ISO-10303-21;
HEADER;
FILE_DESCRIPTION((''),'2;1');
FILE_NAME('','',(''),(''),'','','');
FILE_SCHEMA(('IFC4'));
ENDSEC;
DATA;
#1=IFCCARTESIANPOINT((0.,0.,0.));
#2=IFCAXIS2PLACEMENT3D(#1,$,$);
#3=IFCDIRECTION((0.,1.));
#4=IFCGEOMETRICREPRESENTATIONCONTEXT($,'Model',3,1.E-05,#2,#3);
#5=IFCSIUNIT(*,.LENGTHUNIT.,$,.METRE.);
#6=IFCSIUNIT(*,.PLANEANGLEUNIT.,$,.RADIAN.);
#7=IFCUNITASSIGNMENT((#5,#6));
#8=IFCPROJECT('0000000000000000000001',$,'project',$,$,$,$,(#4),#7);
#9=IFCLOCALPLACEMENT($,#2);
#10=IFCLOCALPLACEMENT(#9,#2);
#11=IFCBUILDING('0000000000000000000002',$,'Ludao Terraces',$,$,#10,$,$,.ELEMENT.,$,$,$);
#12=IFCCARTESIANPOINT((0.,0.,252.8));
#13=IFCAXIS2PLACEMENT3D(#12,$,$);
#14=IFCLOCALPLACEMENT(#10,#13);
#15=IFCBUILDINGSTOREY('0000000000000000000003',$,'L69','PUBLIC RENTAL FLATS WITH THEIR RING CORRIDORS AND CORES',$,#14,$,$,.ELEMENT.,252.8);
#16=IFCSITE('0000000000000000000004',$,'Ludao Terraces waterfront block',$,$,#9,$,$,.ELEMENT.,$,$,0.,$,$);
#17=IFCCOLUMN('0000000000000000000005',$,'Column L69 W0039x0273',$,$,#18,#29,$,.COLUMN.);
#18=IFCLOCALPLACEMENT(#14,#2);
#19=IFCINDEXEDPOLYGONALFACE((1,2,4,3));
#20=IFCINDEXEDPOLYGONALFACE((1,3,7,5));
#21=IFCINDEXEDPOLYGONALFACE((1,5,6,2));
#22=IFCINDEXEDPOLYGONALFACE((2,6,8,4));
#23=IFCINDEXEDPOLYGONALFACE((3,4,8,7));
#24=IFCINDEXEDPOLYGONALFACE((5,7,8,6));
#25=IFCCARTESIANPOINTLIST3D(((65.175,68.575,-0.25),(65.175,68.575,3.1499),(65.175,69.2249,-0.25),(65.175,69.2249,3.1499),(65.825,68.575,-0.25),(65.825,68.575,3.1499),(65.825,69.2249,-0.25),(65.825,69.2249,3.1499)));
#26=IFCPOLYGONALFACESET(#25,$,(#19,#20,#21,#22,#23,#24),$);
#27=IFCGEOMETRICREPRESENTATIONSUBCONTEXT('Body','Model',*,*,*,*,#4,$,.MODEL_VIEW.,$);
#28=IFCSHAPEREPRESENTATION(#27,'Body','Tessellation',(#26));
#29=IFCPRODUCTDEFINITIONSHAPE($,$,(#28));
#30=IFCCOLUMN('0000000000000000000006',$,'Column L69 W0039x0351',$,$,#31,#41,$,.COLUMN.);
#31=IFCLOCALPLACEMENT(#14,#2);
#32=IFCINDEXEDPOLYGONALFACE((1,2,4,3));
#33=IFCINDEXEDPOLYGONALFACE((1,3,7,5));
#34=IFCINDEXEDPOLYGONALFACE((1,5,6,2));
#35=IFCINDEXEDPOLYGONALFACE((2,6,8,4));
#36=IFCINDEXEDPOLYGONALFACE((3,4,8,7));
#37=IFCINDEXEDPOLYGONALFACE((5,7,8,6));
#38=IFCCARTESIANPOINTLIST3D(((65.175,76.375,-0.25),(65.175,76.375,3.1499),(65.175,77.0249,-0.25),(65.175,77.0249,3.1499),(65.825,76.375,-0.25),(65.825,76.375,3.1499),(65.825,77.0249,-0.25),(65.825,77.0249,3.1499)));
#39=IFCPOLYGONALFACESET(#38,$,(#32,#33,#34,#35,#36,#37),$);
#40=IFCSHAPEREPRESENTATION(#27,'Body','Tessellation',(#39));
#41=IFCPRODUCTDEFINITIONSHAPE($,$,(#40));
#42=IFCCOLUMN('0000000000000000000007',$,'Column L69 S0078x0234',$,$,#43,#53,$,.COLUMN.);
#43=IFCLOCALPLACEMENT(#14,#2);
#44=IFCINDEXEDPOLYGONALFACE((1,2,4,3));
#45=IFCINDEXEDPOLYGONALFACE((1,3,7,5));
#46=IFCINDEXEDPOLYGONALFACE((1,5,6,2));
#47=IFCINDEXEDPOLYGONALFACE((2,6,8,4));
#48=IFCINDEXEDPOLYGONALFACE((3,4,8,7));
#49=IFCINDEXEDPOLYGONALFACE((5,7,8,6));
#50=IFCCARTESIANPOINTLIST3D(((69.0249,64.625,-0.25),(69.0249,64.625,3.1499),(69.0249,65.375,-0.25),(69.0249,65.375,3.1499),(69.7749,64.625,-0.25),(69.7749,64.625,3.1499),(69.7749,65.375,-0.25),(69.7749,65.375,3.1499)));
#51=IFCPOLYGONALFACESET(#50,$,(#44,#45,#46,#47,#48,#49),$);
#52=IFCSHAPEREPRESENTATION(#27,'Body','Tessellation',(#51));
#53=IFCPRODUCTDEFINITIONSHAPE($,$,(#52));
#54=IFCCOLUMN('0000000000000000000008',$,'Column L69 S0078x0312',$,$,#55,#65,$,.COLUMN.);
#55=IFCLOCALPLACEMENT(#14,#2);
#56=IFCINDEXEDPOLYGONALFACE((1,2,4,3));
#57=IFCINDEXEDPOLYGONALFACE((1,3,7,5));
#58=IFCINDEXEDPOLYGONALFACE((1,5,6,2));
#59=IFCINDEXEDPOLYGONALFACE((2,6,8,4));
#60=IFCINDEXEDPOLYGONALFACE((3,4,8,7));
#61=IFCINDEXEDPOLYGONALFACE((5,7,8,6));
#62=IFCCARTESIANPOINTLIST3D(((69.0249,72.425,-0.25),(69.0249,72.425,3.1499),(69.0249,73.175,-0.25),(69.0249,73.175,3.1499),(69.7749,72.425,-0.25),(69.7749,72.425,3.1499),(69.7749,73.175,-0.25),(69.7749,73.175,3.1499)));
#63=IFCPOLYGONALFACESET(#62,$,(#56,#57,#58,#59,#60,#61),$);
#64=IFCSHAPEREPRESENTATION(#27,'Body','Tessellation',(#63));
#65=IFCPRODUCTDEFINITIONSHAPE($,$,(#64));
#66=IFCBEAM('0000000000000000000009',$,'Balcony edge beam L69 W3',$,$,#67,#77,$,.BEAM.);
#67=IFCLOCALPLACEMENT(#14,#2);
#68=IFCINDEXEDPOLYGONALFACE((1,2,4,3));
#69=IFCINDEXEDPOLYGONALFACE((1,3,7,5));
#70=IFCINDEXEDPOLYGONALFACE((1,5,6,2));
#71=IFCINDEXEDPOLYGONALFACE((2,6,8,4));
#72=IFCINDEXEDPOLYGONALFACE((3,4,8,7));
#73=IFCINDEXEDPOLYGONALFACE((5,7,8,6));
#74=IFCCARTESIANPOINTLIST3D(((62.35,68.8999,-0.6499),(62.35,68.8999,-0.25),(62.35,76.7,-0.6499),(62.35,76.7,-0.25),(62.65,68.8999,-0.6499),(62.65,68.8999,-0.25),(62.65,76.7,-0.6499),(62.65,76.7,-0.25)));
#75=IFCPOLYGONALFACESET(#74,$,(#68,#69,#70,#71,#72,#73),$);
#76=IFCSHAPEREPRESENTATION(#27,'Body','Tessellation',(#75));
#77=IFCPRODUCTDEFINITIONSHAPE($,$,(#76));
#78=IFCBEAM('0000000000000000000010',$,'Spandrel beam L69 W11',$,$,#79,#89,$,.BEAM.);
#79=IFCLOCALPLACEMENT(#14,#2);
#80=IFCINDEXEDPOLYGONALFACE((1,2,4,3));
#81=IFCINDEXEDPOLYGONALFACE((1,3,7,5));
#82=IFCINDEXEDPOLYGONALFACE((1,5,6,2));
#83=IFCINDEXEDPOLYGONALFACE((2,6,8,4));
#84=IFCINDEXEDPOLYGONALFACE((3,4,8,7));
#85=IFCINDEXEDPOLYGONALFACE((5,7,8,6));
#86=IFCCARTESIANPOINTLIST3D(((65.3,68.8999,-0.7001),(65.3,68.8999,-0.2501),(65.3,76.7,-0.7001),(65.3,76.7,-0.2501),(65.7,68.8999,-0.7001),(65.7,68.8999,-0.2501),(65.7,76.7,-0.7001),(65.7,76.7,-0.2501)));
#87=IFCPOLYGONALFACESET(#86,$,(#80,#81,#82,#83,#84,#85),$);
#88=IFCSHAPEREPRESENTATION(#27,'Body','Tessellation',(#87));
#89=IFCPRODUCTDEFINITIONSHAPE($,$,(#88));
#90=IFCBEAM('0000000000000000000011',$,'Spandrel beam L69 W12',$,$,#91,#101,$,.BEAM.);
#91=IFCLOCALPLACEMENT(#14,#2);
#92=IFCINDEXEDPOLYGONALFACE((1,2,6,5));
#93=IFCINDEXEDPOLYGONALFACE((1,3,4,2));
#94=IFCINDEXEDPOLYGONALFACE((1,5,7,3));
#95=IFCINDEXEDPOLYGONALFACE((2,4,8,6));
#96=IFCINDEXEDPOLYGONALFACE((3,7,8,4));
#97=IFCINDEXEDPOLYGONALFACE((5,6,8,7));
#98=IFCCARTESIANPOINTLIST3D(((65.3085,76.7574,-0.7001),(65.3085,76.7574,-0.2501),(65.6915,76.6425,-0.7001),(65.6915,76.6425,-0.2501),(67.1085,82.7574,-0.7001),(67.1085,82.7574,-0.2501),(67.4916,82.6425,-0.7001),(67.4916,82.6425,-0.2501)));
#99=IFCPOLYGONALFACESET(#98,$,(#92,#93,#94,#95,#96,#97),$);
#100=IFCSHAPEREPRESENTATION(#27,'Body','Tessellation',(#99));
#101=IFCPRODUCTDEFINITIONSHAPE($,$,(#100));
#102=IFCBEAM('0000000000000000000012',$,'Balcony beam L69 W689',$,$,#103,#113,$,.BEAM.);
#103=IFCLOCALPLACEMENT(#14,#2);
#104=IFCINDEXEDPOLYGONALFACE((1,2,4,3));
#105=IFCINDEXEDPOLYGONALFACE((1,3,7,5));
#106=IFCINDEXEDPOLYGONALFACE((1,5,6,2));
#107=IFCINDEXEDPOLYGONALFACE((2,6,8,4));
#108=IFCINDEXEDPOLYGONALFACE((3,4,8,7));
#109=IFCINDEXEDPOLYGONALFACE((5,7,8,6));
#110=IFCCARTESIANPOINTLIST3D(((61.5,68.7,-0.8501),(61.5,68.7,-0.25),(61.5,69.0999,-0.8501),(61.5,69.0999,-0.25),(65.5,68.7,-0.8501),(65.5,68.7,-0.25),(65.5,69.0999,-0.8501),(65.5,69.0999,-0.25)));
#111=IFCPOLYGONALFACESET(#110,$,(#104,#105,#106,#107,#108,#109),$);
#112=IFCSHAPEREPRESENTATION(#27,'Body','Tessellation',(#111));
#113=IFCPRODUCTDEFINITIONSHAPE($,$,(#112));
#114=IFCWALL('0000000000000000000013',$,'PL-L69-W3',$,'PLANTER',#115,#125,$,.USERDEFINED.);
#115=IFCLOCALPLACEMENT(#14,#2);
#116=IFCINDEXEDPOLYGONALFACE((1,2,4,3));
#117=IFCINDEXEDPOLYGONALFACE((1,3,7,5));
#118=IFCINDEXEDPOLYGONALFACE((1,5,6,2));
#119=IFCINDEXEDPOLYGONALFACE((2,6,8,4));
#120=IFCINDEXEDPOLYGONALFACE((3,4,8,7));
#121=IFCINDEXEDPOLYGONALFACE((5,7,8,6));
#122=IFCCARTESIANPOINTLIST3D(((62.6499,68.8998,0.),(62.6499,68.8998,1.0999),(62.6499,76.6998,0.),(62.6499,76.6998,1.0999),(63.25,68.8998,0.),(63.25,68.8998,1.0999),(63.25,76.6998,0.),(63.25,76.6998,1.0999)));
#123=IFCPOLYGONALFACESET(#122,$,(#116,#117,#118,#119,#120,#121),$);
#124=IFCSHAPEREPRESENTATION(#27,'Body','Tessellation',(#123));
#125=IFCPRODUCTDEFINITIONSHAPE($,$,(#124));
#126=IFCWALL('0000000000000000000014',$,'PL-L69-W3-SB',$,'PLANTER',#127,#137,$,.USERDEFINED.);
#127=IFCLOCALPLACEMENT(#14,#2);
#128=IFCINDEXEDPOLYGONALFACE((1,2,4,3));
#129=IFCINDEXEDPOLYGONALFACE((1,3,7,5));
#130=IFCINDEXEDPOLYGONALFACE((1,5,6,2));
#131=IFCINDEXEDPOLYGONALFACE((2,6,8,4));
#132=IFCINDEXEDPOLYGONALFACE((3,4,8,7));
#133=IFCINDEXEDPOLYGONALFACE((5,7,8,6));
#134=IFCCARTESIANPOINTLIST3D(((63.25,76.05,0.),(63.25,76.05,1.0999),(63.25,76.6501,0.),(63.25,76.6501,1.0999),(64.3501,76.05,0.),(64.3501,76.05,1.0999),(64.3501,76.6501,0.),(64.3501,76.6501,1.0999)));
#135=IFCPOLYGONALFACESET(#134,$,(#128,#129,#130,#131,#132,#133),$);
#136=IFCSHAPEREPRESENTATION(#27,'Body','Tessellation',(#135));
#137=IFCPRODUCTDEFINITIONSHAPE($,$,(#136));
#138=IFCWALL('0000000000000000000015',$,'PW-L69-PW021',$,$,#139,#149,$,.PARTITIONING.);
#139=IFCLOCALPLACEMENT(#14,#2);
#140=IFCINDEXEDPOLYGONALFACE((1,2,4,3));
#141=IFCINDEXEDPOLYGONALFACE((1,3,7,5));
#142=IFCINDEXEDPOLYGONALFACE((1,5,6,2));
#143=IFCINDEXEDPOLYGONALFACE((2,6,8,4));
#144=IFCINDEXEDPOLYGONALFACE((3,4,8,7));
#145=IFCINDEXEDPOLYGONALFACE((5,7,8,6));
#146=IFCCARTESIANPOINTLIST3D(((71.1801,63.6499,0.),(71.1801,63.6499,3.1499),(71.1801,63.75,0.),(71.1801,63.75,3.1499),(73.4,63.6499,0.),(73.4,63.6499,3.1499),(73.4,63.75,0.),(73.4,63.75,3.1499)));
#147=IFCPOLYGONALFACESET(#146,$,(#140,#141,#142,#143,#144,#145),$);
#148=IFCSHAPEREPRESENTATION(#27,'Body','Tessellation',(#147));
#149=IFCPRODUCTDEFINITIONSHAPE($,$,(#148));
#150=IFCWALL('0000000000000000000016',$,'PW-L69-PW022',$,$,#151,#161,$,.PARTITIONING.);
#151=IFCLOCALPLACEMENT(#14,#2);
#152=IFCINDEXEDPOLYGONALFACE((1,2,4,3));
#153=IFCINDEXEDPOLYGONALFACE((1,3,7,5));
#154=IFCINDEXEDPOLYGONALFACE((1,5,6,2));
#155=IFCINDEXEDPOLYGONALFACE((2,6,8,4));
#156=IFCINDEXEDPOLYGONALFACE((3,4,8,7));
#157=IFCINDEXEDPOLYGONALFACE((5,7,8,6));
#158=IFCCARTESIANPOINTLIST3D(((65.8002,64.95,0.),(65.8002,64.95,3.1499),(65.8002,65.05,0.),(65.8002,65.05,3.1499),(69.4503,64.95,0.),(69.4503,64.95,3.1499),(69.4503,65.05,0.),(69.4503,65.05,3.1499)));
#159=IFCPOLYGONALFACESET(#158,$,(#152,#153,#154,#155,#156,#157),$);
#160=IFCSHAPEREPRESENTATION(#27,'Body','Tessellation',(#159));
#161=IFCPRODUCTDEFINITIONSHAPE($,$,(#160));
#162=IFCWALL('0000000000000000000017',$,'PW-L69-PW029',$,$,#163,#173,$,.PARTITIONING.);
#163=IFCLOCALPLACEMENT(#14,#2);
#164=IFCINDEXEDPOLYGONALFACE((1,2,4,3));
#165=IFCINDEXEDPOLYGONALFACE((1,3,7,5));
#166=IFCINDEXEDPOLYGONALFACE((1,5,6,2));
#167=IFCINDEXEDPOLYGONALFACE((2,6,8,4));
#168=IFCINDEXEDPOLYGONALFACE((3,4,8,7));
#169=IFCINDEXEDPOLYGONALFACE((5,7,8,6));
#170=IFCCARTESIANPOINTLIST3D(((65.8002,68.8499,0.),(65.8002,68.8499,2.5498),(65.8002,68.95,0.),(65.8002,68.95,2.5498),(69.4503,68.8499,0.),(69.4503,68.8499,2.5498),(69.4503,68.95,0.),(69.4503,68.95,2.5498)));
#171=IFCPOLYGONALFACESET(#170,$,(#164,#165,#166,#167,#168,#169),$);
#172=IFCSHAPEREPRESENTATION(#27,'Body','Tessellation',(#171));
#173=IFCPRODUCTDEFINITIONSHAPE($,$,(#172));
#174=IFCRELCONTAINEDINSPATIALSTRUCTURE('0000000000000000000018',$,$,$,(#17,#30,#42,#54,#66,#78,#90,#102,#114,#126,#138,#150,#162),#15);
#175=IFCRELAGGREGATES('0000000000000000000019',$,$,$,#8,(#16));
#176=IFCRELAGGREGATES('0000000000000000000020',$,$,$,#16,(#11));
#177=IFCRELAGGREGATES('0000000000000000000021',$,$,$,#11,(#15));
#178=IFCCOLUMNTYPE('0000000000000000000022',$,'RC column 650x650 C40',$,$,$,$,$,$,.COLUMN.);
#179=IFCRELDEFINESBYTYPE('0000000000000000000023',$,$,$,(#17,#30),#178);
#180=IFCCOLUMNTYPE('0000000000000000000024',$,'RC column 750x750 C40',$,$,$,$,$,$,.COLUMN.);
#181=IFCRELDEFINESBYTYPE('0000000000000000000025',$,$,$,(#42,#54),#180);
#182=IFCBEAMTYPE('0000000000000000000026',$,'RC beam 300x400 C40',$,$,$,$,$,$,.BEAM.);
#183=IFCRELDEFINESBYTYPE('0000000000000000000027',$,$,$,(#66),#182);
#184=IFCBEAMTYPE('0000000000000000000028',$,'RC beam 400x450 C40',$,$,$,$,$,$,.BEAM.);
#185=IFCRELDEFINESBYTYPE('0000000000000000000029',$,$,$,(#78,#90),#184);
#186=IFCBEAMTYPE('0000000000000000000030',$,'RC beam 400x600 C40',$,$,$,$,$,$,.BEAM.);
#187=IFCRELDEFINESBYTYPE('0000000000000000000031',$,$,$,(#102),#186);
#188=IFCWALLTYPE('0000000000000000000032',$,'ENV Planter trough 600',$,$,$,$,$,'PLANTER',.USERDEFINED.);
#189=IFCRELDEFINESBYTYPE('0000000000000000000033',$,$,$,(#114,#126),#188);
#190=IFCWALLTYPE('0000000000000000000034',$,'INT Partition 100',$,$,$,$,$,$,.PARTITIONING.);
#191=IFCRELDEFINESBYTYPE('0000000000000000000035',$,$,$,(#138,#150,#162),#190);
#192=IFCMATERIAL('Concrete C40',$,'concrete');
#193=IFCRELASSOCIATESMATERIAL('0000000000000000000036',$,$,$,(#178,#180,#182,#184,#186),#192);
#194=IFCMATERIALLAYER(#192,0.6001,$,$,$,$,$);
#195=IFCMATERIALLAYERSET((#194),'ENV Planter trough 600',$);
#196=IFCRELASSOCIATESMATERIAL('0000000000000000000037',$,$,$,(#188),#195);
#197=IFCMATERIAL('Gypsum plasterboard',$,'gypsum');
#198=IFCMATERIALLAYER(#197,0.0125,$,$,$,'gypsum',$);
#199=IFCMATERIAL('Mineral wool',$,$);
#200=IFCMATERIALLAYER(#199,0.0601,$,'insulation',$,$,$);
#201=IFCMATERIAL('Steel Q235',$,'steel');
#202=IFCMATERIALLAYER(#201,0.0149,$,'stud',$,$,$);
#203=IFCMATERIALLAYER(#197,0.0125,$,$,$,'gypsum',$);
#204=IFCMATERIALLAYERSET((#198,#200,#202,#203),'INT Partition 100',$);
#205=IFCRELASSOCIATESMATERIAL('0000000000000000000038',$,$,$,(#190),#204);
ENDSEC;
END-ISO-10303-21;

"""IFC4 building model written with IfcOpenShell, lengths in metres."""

from ifc_helpers import new_model, si_unit, direction, frame, frame_2d, origin, origin_2d, place, context, subcontext, project, spatial, rectangle, extrude, material, layer, layer_set, material_profile, profile_set, type_object, element, save


model = new_model("IFC4")

# Units and contexts
model_context = context("Model", 3, precision=1e-05, world=origin(), true_north=direction((0.0, 1.0)))
body_context = subcontext(model_context, "Body", "Model", "MODEL_VIEW")
ifc_project = project(units=[si_unit("LENGTHUNIT", "METRE"), si_unit("PLANEANGLEUNIT", "RADIAN")], contexts=[model_context])

# Site, building, storey
site_placement = place(None, origin())
site = spatial("IfcSite", under=ifc_project, at=site_placement, Name="Ludao Terraces waterfront block", CompositionType="ELEMENT", RefElevation=0.0)
building_placement = place(site_placement, origin())
building = spatial("IfcBuilding", under=site, at=building_placement, Name="Ludao Terraces", CompositionType="ELEMENT")
storey_placement = place(building_placement, frame((0.0, 0.0, 252.8)))
storey = spatial("IfcBuildingStorey", under=building, at=storey_placement, Name="L69", Description="PUBLIC RENTAL FLATS WITH THEIR RING CORRIDORS AND CORES", CompositionType="ELEMENT", Elevation=252.8)

# Columns
ifc_material_1 = material(Name="Concrete C40", Category="concrete")
ifc_material_profile_1 = material_profile(ifc_material_1, rectangle(XDim=0.6499, YDim=0.6499, at=origin_2d()), Name="650 X 650")
ifc_profile_set_1 = profile_set([ifc_material_profile_1], Name="Concrete C40")
column_type_1 = type_object("IfcColumnType", Name="RC column 650x650 C40", PredefinedType="COLUMN", material=ifc_profile_set_1)
for number, where, z_axis, x_axis, name in (
    (1, (65.5, 68.8999, -0.25), (0.0, 0.0, 1.0), (1.0, 0.0, 0.0), "Column L69 W0039x0273"),
    (2, (65.5, 76.7, -0.25), (0.0, 0.0, 1.0), (1.0, 0.0, 0.0), "Column L69 W0039x0351"),
):
    element("IfcColumn", number, at=place(storey_placement, frame(where, z_axis=z_axis, x_axis=x_axis)), inside=storey, type_object=column_type_1, Name=name, PredefinedType="COLUMN", context=body_context, shape_type="SweptSolid", body=[
        extrude(rectangle(XDim=0.6499, YDim=0.6499, at=origin_2d()), origin(), (0.0, 0.0, 1.0), 3.3999),
    ])
ifc_material_profile_2 = material_profile(ifc_material_1, rectangle(XDim=0.75, YDim=0.75, at=origin_2d()), Name="750 X 750")
ifc_profile_set_2 = profile_set([ifc_material_profile_2], Name="Concrete C40")
column_type_2 = type_object("IfcColumnType", Name="RC column 750x750 C40", PredefinedType="COLUMN", material=ifc_profile_set_2)
for number, where, z_axis, x_axis, name in (
    (3, (69.3999, 65.0, -0.25), (0.0, 0.0, 1.0), (1.0, 0.0, 0.0), "Column L69 S0078x0234"),
    (4, (69.3999, 72.8, -0.25), (0.0, 0.0, 1.0), (1.0, 0.0, 0.0), "Column L69 S0078x0312"),
):
    element("IfcColumn", number, at=place(storey_placement, frame(where, z_axis=z_axis, x_axis=x_axis)), inside=storey, type_object=column_type_2, Name=name, PredefinedType="COLUMN", context=body_context, shape_type="SweptSolid", body=[
        extrude(rectangle(XDim=0.75, YDim=0.75, at=origin_2d()), origin(), (0.0, 0.0, 1.0), 3.3999),
    ])

# Beams
ifc_material_profile_3 = material_profile(ifc_material_1, rectangle(XDim=0.3, YDim=0.3999, at=origin_2d()), Name="300 X 400")
ifc_profile_set_3 = profile_set([ifc_material_profile_3], Name="Concrete C40")
beam_type_1 = type_object("IfcBeamType", Name="RC beam 300x400 C40", PredefinedType="BEAM", material=ifc_profile_set_3)
beam_1_placement = place(storey_placement, frame((62.5, 68.8999, -0.45), z_axis=(0.0, 1.0, 0.0), x_axis=(-1.0, 0.0, 0.0)))
element("IfcBeam", 5, at=beam_1_placement, inside=storey, type_object=beam_type_1, Name="Balcony edge beam L69 W3", PredefinedType="BEAM", context=body_context, shape_type="SweptSolid", body=[
    extrude(rectangle(XDim=0.3, YDim=0.3999, at=origin_2d()), origin(), (0.0, 0.0, 1.0), 7.8),
])
ifc_material_profile_4 = material_profile(ifc_material_1, rectangle(XDim=0.3999, YDim=0.45, at=origin_2d()), Name="400 X 450")
ifc_profile_set_4 = profile_set([ifc_material_profile_4], Name="Concrete C40")
beam_type_2 = type_object("IfcBeamType", Name="RC beam 400x450 C40", PredefinedType="BEAM", material=ifc_profile_set_4)
beam_2_placement = place(storey_placement, frame((65.5, 68.8999, -0.4751), z_axis=(0.0, 1.0, 0.0), x_axis=(-1.0, 0.0, 0.0)))
element("IfcBeam", 6, at=beam_2_placement, inside=storey, type_object=beam_type_2, Name="Spandrel beam L69 W11", PredefinedType="BEAM", context=body_context, shape_type="SweptSolid", body=[
    extrude(rectangle(XDim=0.3999, YDim=0.45, at=origin_2d()), origin(), (0.0, 0.0, 1.0), 7.8),
])
beam_3_placement = place(storey_placement, frame((65.5, 76.7, -0.4751), z_axis=(0.287355, 0.957824, 0.0), x_axis=(-0.957824, 0.287355, 0.0)))
element("IfcBeam", 7, at=beam_3_placement, inside=storey, type_object=beam_type_2, Name="Spandrel beam L69 W12", PredefinedType="BEAM", context=body_context, shape_type="SweptSolid", body=[
    extrude(rectangle(XDim=0.3999, YDim=0.45, at=origin_2d()), origin(), (0.0, 0.0, 1.0), 6.2642),
])
ifc_material_profile_5 = material_profile(ifc_material_1, rectangle(XDim=0.3999, YDim=0.6001, at=origin_2d()), Name="400 X 600")
ifc_profile_set_5 = profile_set([ifc_material_profile_5], Name="Concrete C40")
beam_type_3 = type_object("IfcBeamType", Name="RC beam 400x600 C40", PredefinedType="BEAM", material=ifc_profile_set_5)
beam_4_placement = place(storey_placement, frame((65.5, 68.8999, -0.55), z_axis=(-1.0, 0.0, 0.0), x_axis=(0.0, -1.0, 0.0)))
element("IfcBeam", 8, at=beam_4_placement, inside=storey, type_object=beam_type_3, Name="Balcony beam L69 W689", PredefinedType="BEAM", context=body_context, shape_type="SweptSolid", body=[
    extrude(rectangle(XDim=0.3999, YDim=0.6001, at=origin_2d()), origin(), (0.0, 0.0, 1.0), 4.0),
])

# Walls
ifc_layer_1 = layer(ifc_material_1, 0.6001)
ifc_layer_set_1 = layer_set([ifc_layer_1], Name="ENV Planter trough 600")
wall_type_1 = type_object("IfcWallType", Name="ENV Planter trough 600", ElementType="PLANTER", PredefinedType="USERDEFINED", material=ifc_layer_set_1)
wall_1_placement = place(storey_placement, frame((62.95, 68.8999, 0.0), z_axis=(0.0, 0.0, 1.0), x_axis=(0.0, 1.0, 0.0)))
element("IfcWall", 9, at=wall_1_placement, inside=storey, type_object=wall_type_1, Name="PL-L69-W3", ObjectType="PLANTER", PredefinedType="USERDEFINED", context=body_context, shape_type="SweptSolid", body=[
    extrude(rectangle(XDim=7.8, YDim=0.6001, at=frame_2d((3.8999, 0.0))), origin(), (0.0, 0.0, 1.0), 1.0999),
])
wall_2_placement = place(storey_placement, frame((63.25, 76.3501, 0.0), z_axis=(0.0, 0.0, 1.0), x_axis=(1.0, 0.0, 0.0)))
element("IfcWall", 10, at=wall_2_placement, inside=storey, type_object=wall_type_1, Name="PL-L69-W3-SB", ObjectType="PLANTER", PredefinedType="USERDEFINED", context=body_context, shape_type="SweptSolid", body=[
    extrude(rectangle(XDim=1.1001, YDim=0.6001, at=frame_2d((0.55, 0.0))), origin(), (0.0, 0.0, 1.0), 1.0999),
])

# Shared definitions
ifc_material_2 = material(Name="Mineral wool")

# Walls
ifc_material_3 = material(Name="Gypsum plasterboard", Category="gypsum")
ifc_layer_2 = layer(ifc_material_3, 0.0125, Category="gypsum")
ifc_layer_3 = layer(ifc_material_2, 0.0601, Name="insulation")
ifc_material_4 = material(Name="Steel Q235", Category="steel")
ifc_layer_4 = layer(ifc_material_4, 0.0149, Name="stud")
ifc_layer_5 = layer(ifc_material_3, 0.0125, Category="gypsum")
ifc_layer_set_2 = layer_set([ifc_layer_2, ifc_layer_3, ifc_layer_4, ifc_layer_5], Name="INT Partition 100")
wall_type_2 = type_object("IfcWallType", Name="INT Partition 100", PredefinedType="PARTITIONING", material=ifc_layer_set_2)
wall_3_placement = place(storey_placement, frame((71.1802, 63.7, 0.0), z_axis=(0.0, 0.0, 1.0), x_axis=(1.0, 0.0, 0.0)))
element("IfcWall", 11, at=wall_3_placement, inside=storey, type_object=wall_type_2, Name="PW-L69-PW021", PredefinedType="PARTITIONING", context=body_context, shape_type="SweptSolid", body=[
    extrude(rectangle(XDim=2.22, YDim=0.1001, at=frame_2d((1.1099, 0.0))), origin(), (0.0, 0.0, 1.0), 3.1499),
])
wall_4_placement = place(storey_placement, frame((65.8, 65.0, 0.0), z_axis=(0.0, 0.0, 1.0), x_axis=(1.0, 0.0, 0.0)))
element("IfcWall", 12, at=wall_4_placement, inside=storey, type_object=wall_type_2, Name="PW-L69-PW022", PredefinedType="PARTITIONING", context=body_context, shape_type="SweptSolid", body=[
    extrude(rectangle(XDim=3.6501, YDim=0.1001, at=frame_2d((1.8252, 0.0))), origin(), (0.0, 0.0, 1.0), 3.1499),
])
wall_5_placement = place(storey_placement, frame((65.8, 68.8999, 0.0), z_axis=(0.0, 0.0, 1.0), x_axis=(1.0, 0.0, 0.0)))
element("IfcWall", 13, at=wall_5_placement, inside=storey, type_object=wall_type_2, Name="PW-L69-PW029", PredefinedType="PARTITIONING", context=body_context, shape_type="SweptSolid", body=[
    extrude(rectangle(XDim=3.6501, YDim=0.1001, at=frame_2d((1.8252, 0.0))), origin(), (0.0, 0.0, 1.0), 2.5498),
])

save(model, "model.ifc")
